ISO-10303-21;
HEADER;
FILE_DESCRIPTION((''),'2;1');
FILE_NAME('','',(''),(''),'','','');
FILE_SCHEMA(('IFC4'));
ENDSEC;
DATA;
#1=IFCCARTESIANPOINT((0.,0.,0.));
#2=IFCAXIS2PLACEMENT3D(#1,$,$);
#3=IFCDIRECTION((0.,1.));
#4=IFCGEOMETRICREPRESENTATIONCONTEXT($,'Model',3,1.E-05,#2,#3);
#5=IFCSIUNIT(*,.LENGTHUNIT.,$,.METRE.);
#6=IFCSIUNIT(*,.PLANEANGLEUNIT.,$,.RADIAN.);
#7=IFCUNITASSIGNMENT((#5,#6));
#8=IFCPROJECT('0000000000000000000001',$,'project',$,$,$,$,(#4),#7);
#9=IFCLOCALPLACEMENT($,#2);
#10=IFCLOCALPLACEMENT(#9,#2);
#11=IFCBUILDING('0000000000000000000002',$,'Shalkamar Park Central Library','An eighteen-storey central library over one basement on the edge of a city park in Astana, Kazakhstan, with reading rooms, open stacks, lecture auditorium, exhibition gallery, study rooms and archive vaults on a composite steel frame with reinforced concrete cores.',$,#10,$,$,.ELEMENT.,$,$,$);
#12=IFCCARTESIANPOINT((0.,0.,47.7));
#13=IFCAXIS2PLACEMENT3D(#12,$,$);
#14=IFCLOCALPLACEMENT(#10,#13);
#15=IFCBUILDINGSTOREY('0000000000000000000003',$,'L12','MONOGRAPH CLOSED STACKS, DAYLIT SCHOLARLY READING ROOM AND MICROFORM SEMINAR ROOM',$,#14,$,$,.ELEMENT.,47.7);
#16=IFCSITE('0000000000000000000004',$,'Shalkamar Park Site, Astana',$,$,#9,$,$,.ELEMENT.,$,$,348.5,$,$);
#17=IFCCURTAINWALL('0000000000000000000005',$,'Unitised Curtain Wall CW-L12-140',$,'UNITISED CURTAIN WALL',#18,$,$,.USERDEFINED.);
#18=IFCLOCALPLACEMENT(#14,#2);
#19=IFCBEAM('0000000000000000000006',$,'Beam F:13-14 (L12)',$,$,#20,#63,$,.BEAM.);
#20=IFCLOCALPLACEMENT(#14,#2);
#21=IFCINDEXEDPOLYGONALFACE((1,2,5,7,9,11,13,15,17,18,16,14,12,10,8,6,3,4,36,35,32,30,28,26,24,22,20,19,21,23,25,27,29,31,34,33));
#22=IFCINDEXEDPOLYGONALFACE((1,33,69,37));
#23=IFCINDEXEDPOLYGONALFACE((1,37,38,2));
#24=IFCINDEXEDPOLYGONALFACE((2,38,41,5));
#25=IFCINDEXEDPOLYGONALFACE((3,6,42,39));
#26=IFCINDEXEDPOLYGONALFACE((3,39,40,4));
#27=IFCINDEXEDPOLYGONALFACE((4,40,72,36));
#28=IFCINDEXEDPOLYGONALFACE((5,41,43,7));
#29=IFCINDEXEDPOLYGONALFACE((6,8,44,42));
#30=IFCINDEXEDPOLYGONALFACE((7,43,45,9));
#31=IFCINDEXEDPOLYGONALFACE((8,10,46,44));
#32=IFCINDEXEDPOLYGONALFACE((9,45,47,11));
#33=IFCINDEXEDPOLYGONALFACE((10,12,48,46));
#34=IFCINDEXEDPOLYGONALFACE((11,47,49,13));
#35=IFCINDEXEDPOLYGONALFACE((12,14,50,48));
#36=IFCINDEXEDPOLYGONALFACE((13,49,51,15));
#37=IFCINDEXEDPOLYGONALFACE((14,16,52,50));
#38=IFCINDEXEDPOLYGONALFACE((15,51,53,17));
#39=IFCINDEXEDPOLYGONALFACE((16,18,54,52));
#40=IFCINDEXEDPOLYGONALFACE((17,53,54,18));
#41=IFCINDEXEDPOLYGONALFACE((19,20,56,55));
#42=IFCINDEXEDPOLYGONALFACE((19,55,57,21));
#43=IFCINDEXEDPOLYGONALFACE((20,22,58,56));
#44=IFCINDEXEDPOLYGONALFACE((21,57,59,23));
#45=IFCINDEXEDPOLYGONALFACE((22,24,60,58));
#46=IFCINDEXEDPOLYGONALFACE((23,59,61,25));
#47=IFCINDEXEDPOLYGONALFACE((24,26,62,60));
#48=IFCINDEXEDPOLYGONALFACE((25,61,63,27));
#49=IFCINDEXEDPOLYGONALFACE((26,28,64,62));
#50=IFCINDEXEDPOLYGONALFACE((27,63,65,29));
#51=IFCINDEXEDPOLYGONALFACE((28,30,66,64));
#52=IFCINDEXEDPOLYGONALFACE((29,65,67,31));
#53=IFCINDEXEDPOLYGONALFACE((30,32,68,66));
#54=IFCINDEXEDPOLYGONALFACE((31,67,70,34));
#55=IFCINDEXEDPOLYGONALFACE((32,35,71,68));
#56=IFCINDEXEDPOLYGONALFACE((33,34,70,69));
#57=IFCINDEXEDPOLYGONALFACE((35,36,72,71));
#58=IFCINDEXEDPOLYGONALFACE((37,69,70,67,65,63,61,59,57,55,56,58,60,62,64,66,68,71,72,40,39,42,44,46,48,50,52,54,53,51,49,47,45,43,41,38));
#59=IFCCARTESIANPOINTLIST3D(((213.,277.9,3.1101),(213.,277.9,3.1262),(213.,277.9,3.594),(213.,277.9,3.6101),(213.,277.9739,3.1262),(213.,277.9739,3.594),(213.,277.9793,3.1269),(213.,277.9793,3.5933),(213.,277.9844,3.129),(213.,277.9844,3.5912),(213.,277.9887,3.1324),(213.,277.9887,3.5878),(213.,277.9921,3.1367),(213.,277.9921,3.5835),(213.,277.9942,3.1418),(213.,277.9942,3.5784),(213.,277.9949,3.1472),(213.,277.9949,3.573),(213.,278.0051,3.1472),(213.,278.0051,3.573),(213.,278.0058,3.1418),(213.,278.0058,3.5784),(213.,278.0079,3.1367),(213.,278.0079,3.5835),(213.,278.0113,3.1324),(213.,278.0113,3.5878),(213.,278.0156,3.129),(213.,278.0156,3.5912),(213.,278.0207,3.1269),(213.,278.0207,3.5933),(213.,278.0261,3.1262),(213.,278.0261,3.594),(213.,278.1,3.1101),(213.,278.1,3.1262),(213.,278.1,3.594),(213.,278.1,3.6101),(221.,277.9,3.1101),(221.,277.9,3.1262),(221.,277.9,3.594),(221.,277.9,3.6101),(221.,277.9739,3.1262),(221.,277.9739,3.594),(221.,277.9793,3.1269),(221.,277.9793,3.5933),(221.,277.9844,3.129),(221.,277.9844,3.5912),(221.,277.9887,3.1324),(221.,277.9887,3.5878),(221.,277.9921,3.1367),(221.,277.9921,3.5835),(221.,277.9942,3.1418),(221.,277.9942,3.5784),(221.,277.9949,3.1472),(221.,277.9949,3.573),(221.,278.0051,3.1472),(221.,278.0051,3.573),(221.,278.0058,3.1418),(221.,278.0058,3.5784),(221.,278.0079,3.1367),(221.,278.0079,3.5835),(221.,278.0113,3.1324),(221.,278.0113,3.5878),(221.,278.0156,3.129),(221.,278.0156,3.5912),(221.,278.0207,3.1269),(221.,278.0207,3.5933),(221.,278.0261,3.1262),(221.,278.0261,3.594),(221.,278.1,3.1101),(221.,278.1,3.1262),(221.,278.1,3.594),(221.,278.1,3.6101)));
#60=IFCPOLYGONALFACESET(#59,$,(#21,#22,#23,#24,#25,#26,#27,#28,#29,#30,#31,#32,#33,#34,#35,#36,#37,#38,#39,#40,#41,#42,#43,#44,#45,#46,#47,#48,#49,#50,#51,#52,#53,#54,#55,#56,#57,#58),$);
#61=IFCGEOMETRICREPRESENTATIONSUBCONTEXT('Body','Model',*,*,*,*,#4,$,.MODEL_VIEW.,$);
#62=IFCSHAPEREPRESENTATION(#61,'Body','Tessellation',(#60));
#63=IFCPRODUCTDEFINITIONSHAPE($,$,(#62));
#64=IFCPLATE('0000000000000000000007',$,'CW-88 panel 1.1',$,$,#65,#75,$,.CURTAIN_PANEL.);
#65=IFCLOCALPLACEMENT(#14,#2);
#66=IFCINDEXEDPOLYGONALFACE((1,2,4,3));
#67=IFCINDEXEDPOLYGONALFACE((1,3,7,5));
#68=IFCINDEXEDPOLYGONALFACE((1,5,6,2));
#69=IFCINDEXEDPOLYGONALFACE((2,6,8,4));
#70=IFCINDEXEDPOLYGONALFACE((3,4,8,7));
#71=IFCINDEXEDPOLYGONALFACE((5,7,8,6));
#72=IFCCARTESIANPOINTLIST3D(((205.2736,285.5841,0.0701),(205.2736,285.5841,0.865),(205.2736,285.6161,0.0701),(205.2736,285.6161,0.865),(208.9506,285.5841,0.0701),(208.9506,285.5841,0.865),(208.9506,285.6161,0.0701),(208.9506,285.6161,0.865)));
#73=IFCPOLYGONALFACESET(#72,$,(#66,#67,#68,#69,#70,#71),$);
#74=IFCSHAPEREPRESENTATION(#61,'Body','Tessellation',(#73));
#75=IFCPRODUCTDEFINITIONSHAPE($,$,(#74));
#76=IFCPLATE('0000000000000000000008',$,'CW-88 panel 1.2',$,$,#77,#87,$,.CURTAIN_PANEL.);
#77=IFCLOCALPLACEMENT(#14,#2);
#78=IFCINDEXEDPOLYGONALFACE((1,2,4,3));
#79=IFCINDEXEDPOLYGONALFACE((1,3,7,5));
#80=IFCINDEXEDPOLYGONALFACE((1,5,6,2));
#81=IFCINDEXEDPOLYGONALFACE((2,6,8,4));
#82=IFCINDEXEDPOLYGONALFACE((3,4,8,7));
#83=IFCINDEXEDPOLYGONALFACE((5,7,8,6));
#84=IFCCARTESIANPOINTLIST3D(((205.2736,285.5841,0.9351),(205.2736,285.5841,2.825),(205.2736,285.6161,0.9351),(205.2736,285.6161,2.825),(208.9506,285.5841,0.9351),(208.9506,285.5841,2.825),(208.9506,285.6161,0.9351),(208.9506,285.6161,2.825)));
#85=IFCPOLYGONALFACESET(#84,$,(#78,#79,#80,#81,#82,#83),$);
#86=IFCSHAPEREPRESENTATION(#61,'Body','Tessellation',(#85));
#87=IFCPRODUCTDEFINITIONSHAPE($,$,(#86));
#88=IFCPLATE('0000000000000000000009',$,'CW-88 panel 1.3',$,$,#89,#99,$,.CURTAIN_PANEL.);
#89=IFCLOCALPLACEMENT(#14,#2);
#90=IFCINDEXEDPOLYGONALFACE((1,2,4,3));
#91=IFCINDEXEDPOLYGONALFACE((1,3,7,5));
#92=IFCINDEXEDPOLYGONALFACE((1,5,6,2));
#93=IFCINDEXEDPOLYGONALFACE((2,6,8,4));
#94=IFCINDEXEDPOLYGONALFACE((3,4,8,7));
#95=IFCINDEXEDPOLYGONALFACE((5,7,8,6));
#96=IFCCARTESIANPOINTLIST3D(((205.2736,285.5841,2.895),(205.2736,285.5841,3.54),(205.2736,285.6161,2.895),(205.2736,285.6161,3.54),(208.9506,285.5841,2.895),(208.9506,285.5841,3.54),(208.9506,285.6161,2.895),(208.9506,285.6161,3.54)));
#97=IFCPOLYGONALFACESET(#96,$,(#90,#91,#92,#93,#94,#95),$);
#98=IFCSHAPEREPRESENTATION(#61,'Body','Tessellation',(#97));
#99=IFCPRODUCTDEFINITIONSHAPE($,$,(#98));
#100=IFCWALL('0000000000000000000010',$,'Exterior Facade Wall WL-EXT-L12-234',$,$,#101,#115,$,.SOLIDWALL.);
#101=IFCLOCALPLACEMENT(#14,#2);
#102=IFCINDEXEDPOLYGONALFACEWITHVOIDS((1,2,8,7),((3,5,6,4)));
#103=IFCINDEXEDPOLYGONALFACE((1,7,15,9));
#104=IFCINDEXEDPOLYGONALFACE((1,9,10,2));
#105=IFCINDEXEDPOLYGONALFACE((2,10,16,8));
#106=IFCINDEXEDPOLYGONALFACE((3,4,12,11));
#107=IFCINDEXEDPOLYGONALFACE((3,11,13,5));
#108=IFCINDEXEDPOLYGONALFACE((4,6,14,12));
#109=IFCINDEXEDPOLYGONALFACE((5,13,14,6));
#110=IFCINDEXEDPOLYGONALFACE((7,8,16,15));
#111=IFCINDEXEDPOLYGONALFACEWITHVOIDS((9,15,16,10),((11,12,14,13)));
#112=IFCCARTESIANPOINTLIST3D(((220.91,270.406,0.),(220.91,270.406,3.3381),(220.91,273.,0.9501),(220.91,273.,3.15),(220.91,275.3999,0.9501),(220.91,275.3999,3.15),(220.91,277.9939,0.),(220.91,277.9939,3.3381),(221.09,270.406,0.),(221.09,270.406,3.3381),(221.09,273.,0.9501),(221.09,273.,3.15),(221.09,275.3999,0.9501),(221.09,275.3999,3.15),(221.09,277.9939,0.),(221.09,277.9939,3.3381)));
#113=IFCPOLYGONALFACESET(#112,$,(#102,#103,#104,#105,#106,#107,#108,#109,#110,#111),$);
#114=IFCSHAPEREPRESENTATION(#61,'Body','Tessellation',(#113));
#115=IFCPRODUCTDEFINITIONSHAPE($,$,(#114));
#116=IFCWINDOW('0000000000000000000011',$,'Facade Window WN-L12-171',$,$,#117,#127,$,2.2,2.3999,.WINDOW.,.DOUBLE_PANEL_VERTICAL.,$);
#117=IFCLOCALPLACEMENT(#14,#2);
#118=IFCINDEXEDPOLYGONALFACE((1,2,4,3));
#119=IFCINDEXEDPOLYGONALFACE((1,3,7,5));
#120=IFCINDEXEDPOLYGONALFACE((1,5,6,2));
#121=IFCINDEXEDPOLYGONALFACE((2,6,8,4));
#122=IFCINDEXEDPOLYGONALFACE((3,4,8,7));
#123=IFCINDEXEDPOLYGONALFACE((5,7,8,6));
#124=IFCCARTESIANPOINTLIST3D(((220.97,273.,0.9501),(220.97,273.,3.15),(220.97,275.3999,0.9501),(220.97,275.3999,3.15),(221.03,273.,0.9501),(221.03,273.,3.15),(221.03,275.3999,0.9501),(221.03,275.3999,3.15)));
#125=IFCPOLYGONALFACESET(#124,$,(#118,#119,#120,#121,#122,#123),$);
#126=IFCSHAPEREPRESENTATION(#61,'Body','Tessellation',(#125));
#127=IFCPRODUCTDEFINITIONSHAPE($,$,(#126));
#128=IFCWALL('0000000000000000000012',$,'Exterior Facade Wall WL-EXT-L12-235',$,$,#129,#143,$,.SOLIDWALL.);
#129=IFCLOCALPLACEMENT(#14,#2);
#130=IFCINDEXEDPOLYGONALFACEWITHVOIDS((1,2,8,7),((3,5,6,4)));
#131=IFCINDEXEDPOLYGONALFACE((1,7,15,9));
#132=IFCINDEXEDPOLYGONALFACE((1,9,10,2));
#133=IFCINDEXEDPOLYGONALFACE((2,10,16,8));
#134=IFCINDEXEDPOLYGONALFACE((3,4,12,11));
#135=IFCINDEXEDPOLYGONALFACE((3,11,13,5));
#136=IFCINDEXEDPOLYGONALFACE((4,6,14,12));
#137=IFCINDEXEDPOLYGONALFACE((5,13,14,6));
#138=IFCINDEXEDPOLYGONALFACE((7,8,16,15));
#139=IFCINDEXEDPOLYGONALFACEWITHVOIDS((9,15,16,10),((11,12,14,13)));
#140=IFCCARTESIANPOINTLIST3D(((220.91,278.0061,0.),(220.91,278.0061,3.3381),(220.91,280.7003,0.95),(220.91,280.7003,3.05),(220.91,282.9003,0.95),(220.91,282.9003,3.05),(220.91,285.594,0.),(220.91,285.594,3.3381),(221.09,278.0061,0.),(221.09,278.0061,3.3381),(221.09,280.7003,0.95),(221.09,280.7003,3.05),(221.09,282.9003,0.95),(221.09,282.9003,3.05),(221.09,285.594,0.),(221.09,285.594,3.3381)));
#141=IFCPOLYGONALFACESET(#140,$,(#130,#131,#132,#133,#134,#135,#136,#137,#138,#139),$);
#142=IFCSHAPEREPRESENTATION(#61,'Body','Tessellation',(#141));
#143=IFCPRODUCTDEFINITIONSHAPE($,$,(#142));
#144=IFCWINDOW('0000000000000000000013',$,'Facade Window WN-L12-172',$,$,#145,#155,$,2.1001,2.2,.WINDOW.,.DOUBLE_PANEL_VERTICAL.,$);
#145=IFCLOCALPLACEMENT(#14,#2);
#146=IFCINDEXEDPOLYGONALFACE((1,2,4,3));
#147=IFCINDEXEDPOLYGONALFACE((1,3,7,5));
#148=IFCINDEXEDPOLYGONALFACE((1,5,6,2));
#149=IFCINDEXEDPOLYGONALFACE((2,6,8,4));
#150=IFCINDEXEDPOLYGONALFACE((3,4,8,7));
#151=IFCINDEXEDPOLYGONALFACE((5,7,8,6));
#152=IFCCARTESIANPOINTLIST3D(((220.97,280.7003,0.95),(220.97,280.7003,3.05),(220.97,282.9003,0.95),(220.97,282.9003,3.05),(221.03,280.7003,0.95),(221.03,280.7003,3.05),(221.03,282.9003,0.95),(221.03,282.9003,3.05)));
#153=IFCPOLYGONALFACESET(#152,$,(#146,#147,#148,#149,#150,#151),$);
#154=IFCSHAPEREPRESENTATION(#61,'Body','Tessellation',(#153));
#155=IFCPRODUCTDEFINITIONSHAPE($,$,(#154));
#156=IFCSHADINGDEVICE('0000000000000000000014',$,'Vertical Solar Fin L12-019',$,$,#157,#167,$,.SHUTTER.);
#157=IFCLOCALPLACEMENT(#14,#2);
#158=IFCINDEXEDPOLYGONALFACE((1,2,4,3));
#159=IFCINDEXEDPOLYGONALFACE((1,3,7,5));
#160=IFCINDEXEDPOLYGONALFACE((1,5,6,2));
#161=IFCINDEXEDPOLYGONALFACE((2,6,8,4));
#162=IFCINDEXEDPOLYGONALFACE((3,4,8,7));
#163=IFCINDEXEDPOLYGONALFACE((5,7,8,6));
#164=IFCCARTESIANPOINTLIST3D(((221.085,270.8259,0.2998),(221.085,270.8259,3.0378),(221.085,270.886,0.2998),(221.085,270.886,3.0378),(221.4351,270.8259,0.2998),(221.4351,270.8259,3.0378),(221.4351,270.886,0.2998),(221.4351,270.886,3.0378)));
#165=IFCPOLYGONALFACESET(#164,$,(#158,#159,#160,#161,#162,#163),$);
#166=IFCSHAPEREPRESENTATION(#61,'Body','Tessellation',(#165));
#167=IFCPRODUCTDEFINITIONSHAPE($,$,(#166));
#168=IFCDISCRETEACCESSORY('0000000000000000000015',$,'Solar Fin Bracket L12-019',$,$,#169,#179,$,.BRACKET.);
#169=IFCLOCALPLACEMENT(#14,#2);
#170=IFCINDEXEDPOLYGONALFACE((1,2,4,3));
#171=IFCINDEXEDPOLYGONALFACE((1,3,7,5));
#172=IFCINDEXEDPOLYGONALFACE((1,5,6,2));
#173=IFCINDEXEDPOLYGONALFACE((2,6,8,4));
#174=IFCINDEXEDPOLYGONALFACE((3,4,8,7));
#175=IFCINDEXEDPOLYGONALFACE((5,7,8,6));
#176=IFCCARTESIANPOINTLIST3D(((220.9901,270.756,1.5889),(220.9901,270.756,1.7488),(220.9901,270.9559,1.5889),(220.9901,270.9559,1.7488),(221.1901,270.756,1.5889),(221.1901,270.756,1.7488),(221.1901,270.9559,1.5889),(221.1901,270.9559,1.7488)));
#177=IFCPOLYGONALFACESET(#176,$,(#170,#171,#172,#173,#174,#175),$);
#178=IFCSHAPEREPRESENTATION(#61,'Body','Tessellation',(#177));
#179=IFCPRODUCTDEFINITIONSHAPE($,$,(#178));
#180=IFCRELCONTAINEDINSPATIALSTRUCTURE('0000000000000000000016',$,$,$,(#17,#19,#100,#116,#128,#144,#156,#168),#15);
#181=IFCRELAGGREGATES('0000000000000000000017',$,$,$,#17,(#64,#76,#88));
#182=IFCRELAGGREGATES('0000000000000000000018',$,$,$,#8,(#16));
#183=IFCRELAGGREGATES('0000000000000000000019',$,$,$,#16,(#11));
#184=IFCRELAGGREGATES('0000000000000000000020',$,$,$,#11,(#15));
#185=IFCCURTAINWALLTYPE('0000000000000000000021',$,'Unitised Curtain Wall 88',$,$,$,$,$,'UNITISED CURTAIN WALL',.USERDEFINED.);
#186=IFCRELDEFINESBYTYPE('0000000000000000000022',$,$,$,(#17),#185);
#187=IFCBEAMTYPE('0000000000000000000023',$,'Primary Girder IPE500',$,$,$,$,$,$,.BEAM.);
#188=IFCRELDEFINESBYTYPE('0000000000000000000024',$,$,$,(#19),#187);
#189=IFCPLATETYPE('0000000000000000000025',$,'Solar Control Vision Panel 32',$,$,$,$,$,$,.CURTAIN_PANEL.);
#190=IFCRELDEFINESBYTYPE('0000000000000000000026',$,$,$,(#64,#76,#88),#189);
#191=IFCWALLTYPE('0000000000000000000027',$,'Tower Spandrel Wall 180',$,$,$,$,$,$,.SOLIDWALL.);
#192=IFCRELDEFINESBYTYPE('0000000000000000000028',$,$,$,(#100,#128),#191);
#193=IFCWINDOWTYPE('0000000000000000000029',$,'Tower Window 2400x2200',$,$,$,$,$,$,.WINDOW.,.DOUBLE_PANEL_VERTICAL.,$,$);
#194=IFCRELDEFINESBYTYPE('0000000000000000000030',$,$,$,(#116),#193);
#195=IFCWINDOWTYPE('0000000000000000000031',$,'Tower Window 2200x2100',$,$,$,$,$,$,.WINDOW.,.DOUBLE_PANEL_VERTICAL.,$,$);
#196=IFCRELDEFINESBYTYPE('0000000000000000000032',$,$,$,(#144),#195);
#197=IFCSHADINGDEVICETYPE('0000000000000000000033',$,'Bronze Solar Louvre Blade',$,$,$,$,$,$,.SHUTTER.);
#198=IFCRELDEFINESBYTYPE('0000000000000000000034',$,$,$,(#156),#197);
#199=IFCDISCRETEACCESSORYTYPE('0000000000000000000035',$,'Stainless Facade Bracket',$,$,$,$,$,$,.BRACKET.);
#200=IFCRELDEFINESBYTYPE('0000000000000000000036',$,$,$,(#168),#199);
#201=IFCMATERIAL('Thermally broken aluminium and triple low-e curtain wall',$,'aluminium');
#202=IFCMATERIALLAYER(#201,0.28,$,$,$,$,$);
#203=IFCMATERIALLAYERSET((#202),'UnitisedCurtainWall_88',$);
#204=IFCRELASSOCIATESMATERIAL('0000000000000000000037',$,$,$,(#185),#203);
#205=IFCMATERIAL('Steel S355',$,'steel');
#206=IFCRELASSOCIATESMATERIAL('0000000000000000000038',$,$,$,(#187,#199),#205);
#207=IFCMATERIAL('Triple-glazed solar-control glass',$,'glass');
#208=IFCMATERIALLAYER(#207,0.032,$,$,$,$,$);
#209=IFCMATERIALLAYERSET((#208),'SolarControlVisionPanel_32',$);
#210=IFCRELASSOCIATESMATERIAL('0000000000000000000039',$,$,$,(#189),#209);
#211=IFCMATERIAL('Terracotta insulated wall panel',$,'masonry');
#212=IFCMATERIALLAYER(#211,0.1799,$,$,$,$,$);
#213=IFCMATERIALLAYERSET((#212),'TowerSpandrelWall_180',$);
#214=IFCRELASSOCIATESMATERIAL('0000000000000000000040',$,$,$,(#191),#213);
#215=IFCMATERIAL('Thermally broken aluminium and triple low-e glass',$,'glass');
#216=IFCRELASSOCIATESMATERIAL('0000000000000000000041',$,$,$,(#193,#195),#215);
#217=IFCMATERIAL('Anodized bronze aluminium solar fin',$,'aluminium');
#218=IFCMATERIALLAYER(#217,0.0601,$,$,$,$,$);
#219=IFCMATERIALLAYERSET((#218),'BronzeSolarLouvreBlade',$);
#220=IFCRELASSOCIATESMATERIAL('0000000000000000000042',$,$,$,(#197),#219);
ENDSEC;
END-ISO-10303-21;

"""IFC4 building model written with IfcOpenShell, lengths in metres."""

from ifc_helpers import new_model, si_unit, direction, frame, frame_2d, origin, origin_2d, place, context, subcontext, project, spatial, rectangle, i_section, extrude, material, layer, layer_set, material_profile, profile_set, type_object, element, fill, aggregate, save


model = new_model("IFC4")

# Units and contexts
model_context = context("Model", 3, precision=1e-05, world=origin(), true_north=direction((0.0, 1.0)))
body_context = subcontext(model_context, "Body", "Model", "MODEL_VIEW")
ifc_project = project(units=[si_unit("LENGTHUNIT", "METRE"), si_unit("PLANEANGLEUNIT", "RADIAN")], contexts=[model_context])

# Site, building, storey
site_placement = place(None, origin())
site = spatial("IfcSite", under=ifc_project, at=site_placement, Name="Shalkamar Park Site, Astana", CompositionType="ELEMENT", RefElevation=348.5)
building_placement = place(site_placement, origin())
building = spatial("IfcBuilding", under=site, at=building_placement, Name="Shalkamar Park Central Library", Description="An eighteen-storey central library over one basement on the edge of a city park in Astana, Kazakhstan, with reading rooms, open stacks, lecture auditorium, exhibition gallery, study rooms and archive vaults on a composite steel frame with reinforced concrete cores.", CompositionType="ELEMENT")
storey_placement = place(building_placement, frame((0.0, 0.0, 47.7)))
storey = spatial("IfcBuildingStorey", under=building, at=storey_placement, Name="L12", Description="MONOGRAPH CLOSED STACKS, DAYLIT SCHOLARLY READING ROOM AND MICROFORM SEMINAR ROOM", CompositionType="ELEMENT", Elevation=47.7)

# Shared definitions
ifc_material_1 = material(Name="Steel S355", Category="steel")

# Curtain wall
ifc_material_2 = material(Name="Thermally broken aluminium and triple low-e curtain wall", Category="aluminium")
ifc_layer_1 = layer(ifc_material_2, 0.28)
ifc_layer_set_1 = layer_set([ifc_layer_1], Name="UnitisedCurtainWall_88")
curtain_wall_type = type_object("IfcCurtainWallType", Name="Unitised Curtain Wall 88", ElementType="UNITISED CURTAIN WALL", PredefinedType="USERDEFINED", material=ifc_layer_set_1)
curtain_wall_placement = place(storey_placement, origin())
curtain_wall = element("IfcCurtainWall", 1, at=curtain_wall_placement, inside=storey, type_object=curtain_wall_type, Name="Unitised Curtain Wall CW-L12-140", ObjectType="UNITISED CURTAIN WALL", PredefinedType="USERDEFINED")

# Beam
ifc_material_profile_1 = material_profile(ifc_material_1, i_section(OverallWidth=0.2, OverallDepth=0.5, WebThickness=0.0103, FlangeThickness=0.0161, FilletRadius=0.021, at=origin_2d()), Name="IPE 500")
ifc_profile_set_1 = profile_set([ifc_material_profile_1], Name="Steel S355")
beam_type_1 = type_object("IfcBeamType", Name="Primary Girder IPE500", PredefinedType="BEAM", material=ifc_profile_set_1)
for number, where, z_axis, x_axis, name in (
    (2, (213.0, 278.0, 3.3601), (1.0, 0.0, 0.0), (0.0, 1.0, 0.0), "Beam F:13-14 (L12)"),
):
    element("IfcBeam", number, at=place(storey_placement, frame(where, z_axis=z_axis, x_axis=x_axis)), inside=storey, type_object=beam_type_1, Name=name, PredefinedType="BEAM", context=body_context, shape_type="SweptSolid", body=[
        extrude(i_section(OverallWidth=0.2, OverallDepth=0.5, WebThickness=0.0103, FlangeThickness=0.0161, FilletRadius=0.021, at=origin_2d()), origin(), (0.0, 0.0, 1.0), 8.0),
    ])

# Plates
ifc_material_3 = material(Name="Triple-glazed solar-control glass", Category="glass")
ifc_layer_2 = layer(ifc_material_3, 0.032)
ifc_layer_set_2 = layer_set([ifc_layer_2], Name="SolarControlVisionPanel_32")
plate_type = type_object("IfcPlateType", Name="Solar Control Vision Panel 32", PredefinedType="CURTAIN_PANEL", material=ifc_layer_set_2)
plate_1_placement = place(storey_placement, frame((207.1121, 285.6001, 0.0701), z_axis=(0.0, 0.0, 1.0), x_axis=(1.0, 0.0, 0.0)))
plate_1 = element("IfcPlate", 3, at=plate_1_placement, type_object=plate_type, Name="CW-88 panel 1.1", PredefinedType="CURTAIN_PANEL", context=body_context, shape_type="SweptSolid", body=[
    extrude(rectangle(XDim=3.677, YDim=0.032, at=origin_2d()), origin(), (0.0, 0.0, 1.0), 0.7949),
])
plate_2_placement = place(storey_placement, frame((207.1121, 285.6001, 0.9351), z_axis=(0.0, 0.0, 1.0), x_axis=(1.0, 0.0, 0.0)))
plate_2 = element("IfcPlate", 4, at=plate_2_placement, type_object=plate_type, Name="CW-88 panel 1.2", PredefinedType="CURTAIN_PANEL", context=body_context, shape_type="SweptSolid", body=[
    extrude(rectangle(XDim=3.677, YDim=0.032, at=origin_2d()), origin(), (0.0, 0.0, 1.0), 1.8899),
])
plate_3_placement = place(storey_placement, frame((207.1121, 285.6001, 2.895), z_axis=(0.0, 0.0, 1.0), x_axis=(1.0, 0.0, 0.0)))
plate_3 = element("IfcPlate", 5, at=plate_3_placement, type_object=plate_type, Name="CW-88 panel 1.3", PredefinedType="CURTAIN_PANEL", context=body_context, shape_type="SweptSolid", body=[
    extrude(rectangle(XDim=3.677, YDim=0.032, at=origin_2d()), origin(), (0.0, 0.0, 1.0), 0.645),
])
aggregate(curtain_wall, [plate_1, plate_2, plate_3])

# Walls, openings, windows
ifc_material_4 = material(Name="Terracotta insulated wall panel", Category="masonry")
ifc_layer_3 = layer(ifc_material_4, 0.1799)
ifc_layer_set_3 = layer_set([ifc_layer_3], Name="TowerSpandrelWall_180")
wall_type = type_object("IfcWallType", Name="Tower Spandrel Wall 180", PredefinedType="SOLIDWALL", material=ifc_layer_set_3)
wall_1_placement = place(storey_placement, frame((221.0, 270.406, 0.0), z_axis=(0.0, 0.0, 1.0), x_axis=(0.0, 1.0, 0.0)))
wall_1 = element("IfcWall", 6, at=wall_1_placement, inside=storey, type_object=wall_type, Name="Exterior Facade Wall WL-EXT-L12-234", PredefinedType="SOLIDWALL", context=body_context, shape_type="SweptSolid", body=[
    extrude(rectangle(XDim=7.5879, YDim=0.1799, at=frame_2d((3.7939, 0.0))), origin(), (0.0, 0.0, 1.0), 3.3381),
])
opening_1_placement = place(wall_1_placement, frame((2.594, 0.0, 0.95)))
opening_1 = element("IfcOpeningElement", 7, at=opening_1_placement, cuts=wall_1, PredefinedType="OPENING", context=body_context, shape_type="SweptSolid", body=[
    extrude(rectangle(XDim=2.3999, YDim=2.2, at=frame_2d((1.2, 1.1001))), frame((0.0, 0.105, 0.0), z_axis=(0.0, -1.0, 0.0), x_axis=(1.0, 0.0, 0.0)), (0.0, 0.0, 1.0), 0.2097),
])
ifc_material_5 = material(Name="Thermally broken aluminium and triple low-e glass", Category="glass")
window_type_1 = type_object("IfcWindowType", Name="Tower Window 2400x2200", PartitioningType="DOUBLE_PANEL_VERTICAL", PredefinedType="WINDOW", material=ifc_material_5)
window_1_placement = place(opening_1_placement, origin())
window_1 = element("IfcWindow", 8, at=window_1_placement, inside=storey, type_object=window_type_1, Name="Facade Window WN-L12-171", OverallHeight=2.2, OverallWidth=2.3999, PartitioningType="DOUBLE_PANEL_VERTICAL", PredefinedType="WINDOW", context=body_context, shape_type="SweptSolid", body=[
    extrude(rectangle(XDim=2.3999, YDim=2.2, at=frame_2d((1.2, 1.1001))), frame((0.0, 0.03, 0.0), z_axis=(0.0, -1.0, 0.0), x_axis=(1.0, 0.0, 0.0)), (0.0, 0.0, 1.0), 0.0601),
])
fill(opening_1, window_1)
wall_2_placement = place(storey_placement, frame((221.0, 278.0061, 0.0), z_axis=(0.0, 0.0, 1.0), x_axis=(0.0, 1.0, 0.0)))
wall_2 = element("IfcWall", 9, at=wall_2_placement, inside=storey, type_object=wall_type, Name="Exterior Facade Wall WL-EXT-L12-235", PredefinedType="SOLIDWALL", context=body_context, shape_type="SweptSolid", body=[
    extrude(rectangle(XDim=7.5879, YDim=0.1799, at=frame_2d((3.7939, 0.0))), origin(), (0.0, 0.0, 1.0), 3.3381),
])
opening_2_placement = place(wall_2_placement, frame((2.6941, 0.0, 0.95)))
opening_2 = element("IfcOpeningElement", 10, at=opening_2_placement, cuts=wall_2, PredefinedType="OPENING", context=body_context, shape_type="SweptSolid", body=[
    extrude(rectangle(XDim=2.2, YDim=2.1001, at=frame_2d((1.1001, 1.05))), frame((0.0, 0.105, 0.0), z_axis=(0.0, -1.0, 0.0), x_axis=(1.0, 0.0, 0.0)), (0.0, 0.0, 1.0), 0.2097),
])
window_type_2 = type_object("IfcWindowType", Name="Tower Window 2200x2100", PartitioningType="DOUBLE_PANEL_VERTICAL", PredefinedType="WINDOW", material=ifc_material_5)
window_2_placement = place(opening_2_placement, origin())
window_2 = element("IfcWindow", 11, at=window_2_placement, inside=storey, type_object=window_type_2, Name="Facade Window WN-L12-172", OverallHeight=2.1001, OverallWidth=2.2, PartitioningType="DOUBLE_PANEL_VERTICAL", PredefinedType="WINDOW", context=body_context, shape_type="SweptSolid", body=[
    extrude(rectangle(XDim=2.2, YDim=2.1001, at=frame_2d((1.1001, 1.05))), frame((0.0, 0.03, 0.0), z_axis=(0.0, -1.0, 0.0), x_axis=(1.0, 0.0, 0.0)), (0.0, 0.0, 1.0), 0.0601),
])
fill(opening_2, window_2)

# Shading device
ifc_material_6 = material(Name="Anodized bronze aluminium solar fin", Category="aluminium")
ifc_layer_4 = layer(ifc_material_6, 0.0601)
ifc_layer_set_4 = layer_set([ifc_layer_4], Name="BronzeSolarLouvreBlade")
shading_device_type = type_object("IfcShadingDeviceType", Name="Bronze Solar Louvre Blade", PredefinedType="SHUTTER", material=ifc_layer_set_4)
shading_device_placement = place(storey_placement, frame((221.26, 270.856, 0.2998), z_axis=(0.0, 0.0, 1.0), x_axis=(1.0, 0.0, 0.0)))
element("IfcShadingDevice", 12, at=shading_device_placement, inside=storey, type_object=shading_device_type, Name="Vertical Solar Fin L12-019", PredefinedType="SHUTTER", context=body_context, shape_type="SweptSolid", body=[
    extrude(rectangle(XDim=0.3501, YDim=0.0601, at=origin_2d()), origin(), (0.0, 0.0, 1.0), 2.738),
])

# Discrete accessory
discrete_accessory_type = type_object("IfcDiscreteAccessoryType", Name="Stainless Facade Bracket", PredefinedType="BRACKET", material=ifc_material_1)
discrete_accessory_placement = place(storey_placement, frame((221.0901, 270.856, 1.5889), z_axis=(0.0, 0.0, 1.0), x_axis=(1.0, 0.0, 0.0)))
element("IfcDiscreteAccessory", 13, at=discrete_accessory_placement, inside=storey, type_object=discrete_accessory_type, Name="Solar Fin Bracket L12-019", PredefinedType="BRACKET", context=body_context, shape_type="SweptSolid", body=[
    extrude(rectangle(XDim=0.2, YDim=0.2, at=origin_2d()), origin(), (0.0, 0.0, 1.0), 0.1599),
])

save(model, "model.ifc")
